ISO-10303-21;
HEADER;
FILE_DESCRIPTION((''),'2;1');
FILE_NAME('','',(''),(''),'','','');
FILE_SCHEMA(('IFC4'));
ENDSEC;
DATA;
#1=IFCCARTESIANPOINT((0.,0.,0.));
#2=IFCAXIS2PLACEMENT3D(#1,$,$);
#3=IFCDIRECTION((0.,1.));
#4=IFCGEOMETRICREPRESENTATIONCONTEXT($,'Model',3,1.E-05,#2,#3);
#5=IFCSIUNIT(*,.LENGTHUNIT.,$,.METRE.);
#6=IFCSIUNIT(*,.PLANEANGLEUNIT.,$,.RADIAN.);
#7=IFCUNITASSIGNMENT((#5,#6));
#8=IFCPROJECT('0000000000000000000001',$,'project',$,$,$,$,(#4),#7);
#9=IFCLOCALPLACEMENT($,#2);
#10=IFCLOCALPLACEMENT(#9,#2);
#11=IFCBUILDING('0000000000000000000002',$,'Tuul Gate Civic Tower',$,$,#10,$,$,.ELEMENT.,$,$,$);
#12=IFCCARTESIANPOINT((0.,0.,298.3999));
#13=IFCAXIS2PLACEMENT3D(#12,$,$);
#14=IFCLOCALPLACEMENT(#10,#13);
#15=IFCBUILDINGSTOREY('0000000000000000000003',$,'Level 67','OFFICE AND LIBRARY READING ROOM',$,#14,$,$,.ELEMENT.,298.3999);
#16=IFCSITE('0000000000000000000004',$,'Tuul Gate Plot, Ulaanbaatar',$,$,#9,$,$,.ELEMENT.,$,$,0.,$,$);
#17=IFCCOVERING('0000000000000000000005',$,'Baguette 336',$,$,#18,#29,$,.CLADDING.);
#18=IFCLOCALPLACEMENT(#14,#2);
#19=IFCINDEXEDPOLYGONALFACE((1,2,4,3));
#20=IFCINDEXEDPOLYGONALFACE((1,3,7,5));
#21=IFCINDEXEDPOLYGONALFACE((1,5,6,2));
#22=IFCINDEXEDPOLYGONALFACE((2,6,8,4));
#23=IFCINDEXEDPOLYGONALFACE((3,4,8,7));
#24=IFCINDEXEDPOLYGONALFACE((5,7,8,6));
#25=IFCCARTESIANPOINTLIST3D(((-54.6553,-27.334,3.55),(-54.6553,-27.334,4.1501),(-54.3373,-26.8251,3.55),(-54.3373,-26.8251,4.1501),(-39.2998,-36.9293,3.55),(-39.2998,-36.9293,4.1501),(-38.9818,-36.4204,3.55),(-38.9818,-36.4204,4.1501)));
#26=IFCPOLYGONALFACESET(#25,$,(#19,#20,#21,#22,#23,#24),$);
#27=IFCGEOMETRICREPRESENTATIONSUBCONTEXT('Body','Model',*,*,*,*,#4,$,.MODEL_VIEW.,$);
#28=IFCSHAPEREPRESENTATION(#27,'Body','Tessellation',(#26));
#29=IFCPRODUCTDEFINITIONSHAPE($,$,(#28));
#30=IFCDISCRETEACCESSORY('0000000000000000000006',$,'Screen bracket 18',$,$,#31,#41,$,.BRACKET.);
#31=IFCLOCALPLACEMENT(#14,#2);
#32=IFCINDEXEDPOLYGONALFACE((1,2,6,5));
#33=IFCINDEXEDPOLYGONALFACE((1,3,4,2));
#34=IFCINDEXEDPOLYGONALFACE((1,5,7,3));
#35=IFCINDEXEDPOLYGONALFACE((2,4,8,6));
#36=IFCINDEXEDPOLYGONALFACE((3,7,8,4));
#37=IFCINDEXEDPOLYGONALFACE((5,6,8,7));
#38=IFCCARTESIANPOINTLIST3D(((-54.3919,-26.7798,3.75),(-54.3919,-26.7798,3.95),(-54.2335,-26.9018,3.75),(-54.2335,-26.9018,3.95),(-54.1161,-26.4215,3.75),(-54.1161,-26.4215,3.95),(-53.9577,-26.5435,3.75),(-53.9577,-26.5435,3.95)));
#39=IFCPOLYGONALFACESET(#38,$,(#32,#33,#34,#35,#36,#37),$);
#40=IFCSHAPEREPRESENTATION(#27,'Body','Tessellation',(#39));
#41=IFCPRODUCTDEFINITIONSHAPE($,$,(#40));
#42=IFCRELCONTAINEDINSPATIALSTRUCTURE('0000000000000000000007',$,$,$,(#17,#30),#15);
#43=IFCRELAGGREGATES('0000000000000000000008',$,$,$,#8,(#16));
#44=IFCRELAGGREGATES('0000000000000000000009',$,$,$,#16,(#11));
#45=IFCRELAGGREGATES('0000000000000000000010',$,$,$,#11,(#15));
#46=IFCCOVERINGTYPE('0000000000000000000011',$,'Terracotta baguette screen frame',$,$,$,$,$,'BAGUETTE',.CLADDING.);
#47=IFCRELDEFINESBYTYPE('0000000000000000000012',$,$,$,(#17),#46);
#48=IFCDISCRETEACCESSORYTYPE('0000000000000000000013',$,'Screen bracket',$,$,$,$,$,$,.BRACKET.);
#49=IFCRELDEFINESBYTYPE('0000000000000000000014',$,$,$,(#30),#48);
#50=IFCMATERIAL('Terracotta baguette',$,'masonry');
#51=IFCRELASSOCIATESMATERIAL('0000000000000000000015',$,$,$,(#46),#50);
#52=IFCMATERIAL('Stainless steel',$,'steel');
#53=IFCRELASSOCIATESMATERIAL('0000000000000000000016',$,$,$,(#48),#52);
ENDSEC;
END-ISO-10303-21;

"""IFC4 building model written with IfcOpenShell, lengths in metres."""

from ifc_helpers import new_model, si_unit, direction, frame, origin, origin_2d, place, context, subcontext, project, spatial, rectangle, extrude, material, material_profile, profile_set, type_object, element, save


model = new_model("IFC4")

# Units and contexts
model_context = context("Model", 3, precision=1e-05, world=origin(), true_north=direction((0.0, 1.0)))
body_context = subcontext(model_context, "Body", "Model", "MODEL_VIEW")
ifc_project = project(units=[si_unit("LENGTHUNIT", "METRE"), si_unit("PLANEANGLEUNIT", "RADIAN")], contexts=[model_context])

# Site, building, storey
site_placement = place(None, origin())
site = spatial("IfcSite", under=ifc_project, at=site_placement, Name="Tuul Gate Plot, Ulaanbaatar", CompositionType="ELEMENT", RefElevation=0.0)
building_placement = place(site_placement, origin())
building = spatial("IfcBuilding", under=site, at=building_placement, Name="Tuul Gate Civic Tower", CompositionType="ELEMENT")
storey_placement = place(building_placement, frame((0.0, 0.0, 298.3999)))
storey = spatial("IfcBuildingStorey", under=building, at=storey_placement, Name="Level 67", Description="OFFICE AND LIBRARY READING ROOM", CompositionType="ELEMENT", Elevation=298.3999)

# Covering
ifc_material_1 = material(Name="Terracotta baguette", Category="masonry")
ifc_material_profile_1 = material_profile(ifc_material_1, rectangle(XDim=0.6001, YDim=0.6001, at=origin_2d()), Name="Terracotta baguette screen frame")
ifc_profile_set_1 = profile_set([ifc_material_profile_1], Name="Terracotta baguette")
covering_type = type_object("IfcCoveringType", Name="Terracotta baguette screen frame", ElementType="BAGUETTE", PredefinedType="CLADDING", material=ifc_profile_set_1)
covering_1_placement = place(storey_placement, frame((-54.4963, -27.0796, 3.8501), z_axis=(0.848047, -0.529921, 0.0), x_axis=(0.529921, 0.848047, 0.0)))
element("IfcCovering", 1, at=covering_1_placement, inside=storey, type_object=covering_type, Name="Baguette 336", PredefinedType="CLADDING", context=body_context, shape_type="SweptSolid", body=[
    extrude(rectangle(XDim=0.6001, YDim=0.6001, at=origin_2d()), origin(), (0.0, 0.0, 1.0), 18.1069),
])

# Discrete accessory
ifc_material_2 = material(Name="Stainless steel", Category="steel")
discrete_accessory_type = type_object("IfcDiscreteAccessoryType", Name="Screen bracket", PredefinedType="BRACKET", material=ifc_material_2)
discrete_accessory_placement = place(storey_placement, frame((-54.1748, -26.6616, 3.75), z_axis=(0.0, 0.0, 1.0), x_axis=(-0.609956, -0.792436, 0.0)))
element("IfcDiscreteAccessory", 2, at=discrete_accessory_placement, inside=storey, type_object=discrete_accessory_type, Name="Screen bracket 18", PredefinedType="BRACKET", context=body_context, shape_type="SweptSolid", body=[
    extrude(rectangle(XDim=0.4521, YDim=0.2, at=origin_2d()), origin(), (0.0, 0.0, 1.0), 0.2),
])

save(model, "model.ifc")
